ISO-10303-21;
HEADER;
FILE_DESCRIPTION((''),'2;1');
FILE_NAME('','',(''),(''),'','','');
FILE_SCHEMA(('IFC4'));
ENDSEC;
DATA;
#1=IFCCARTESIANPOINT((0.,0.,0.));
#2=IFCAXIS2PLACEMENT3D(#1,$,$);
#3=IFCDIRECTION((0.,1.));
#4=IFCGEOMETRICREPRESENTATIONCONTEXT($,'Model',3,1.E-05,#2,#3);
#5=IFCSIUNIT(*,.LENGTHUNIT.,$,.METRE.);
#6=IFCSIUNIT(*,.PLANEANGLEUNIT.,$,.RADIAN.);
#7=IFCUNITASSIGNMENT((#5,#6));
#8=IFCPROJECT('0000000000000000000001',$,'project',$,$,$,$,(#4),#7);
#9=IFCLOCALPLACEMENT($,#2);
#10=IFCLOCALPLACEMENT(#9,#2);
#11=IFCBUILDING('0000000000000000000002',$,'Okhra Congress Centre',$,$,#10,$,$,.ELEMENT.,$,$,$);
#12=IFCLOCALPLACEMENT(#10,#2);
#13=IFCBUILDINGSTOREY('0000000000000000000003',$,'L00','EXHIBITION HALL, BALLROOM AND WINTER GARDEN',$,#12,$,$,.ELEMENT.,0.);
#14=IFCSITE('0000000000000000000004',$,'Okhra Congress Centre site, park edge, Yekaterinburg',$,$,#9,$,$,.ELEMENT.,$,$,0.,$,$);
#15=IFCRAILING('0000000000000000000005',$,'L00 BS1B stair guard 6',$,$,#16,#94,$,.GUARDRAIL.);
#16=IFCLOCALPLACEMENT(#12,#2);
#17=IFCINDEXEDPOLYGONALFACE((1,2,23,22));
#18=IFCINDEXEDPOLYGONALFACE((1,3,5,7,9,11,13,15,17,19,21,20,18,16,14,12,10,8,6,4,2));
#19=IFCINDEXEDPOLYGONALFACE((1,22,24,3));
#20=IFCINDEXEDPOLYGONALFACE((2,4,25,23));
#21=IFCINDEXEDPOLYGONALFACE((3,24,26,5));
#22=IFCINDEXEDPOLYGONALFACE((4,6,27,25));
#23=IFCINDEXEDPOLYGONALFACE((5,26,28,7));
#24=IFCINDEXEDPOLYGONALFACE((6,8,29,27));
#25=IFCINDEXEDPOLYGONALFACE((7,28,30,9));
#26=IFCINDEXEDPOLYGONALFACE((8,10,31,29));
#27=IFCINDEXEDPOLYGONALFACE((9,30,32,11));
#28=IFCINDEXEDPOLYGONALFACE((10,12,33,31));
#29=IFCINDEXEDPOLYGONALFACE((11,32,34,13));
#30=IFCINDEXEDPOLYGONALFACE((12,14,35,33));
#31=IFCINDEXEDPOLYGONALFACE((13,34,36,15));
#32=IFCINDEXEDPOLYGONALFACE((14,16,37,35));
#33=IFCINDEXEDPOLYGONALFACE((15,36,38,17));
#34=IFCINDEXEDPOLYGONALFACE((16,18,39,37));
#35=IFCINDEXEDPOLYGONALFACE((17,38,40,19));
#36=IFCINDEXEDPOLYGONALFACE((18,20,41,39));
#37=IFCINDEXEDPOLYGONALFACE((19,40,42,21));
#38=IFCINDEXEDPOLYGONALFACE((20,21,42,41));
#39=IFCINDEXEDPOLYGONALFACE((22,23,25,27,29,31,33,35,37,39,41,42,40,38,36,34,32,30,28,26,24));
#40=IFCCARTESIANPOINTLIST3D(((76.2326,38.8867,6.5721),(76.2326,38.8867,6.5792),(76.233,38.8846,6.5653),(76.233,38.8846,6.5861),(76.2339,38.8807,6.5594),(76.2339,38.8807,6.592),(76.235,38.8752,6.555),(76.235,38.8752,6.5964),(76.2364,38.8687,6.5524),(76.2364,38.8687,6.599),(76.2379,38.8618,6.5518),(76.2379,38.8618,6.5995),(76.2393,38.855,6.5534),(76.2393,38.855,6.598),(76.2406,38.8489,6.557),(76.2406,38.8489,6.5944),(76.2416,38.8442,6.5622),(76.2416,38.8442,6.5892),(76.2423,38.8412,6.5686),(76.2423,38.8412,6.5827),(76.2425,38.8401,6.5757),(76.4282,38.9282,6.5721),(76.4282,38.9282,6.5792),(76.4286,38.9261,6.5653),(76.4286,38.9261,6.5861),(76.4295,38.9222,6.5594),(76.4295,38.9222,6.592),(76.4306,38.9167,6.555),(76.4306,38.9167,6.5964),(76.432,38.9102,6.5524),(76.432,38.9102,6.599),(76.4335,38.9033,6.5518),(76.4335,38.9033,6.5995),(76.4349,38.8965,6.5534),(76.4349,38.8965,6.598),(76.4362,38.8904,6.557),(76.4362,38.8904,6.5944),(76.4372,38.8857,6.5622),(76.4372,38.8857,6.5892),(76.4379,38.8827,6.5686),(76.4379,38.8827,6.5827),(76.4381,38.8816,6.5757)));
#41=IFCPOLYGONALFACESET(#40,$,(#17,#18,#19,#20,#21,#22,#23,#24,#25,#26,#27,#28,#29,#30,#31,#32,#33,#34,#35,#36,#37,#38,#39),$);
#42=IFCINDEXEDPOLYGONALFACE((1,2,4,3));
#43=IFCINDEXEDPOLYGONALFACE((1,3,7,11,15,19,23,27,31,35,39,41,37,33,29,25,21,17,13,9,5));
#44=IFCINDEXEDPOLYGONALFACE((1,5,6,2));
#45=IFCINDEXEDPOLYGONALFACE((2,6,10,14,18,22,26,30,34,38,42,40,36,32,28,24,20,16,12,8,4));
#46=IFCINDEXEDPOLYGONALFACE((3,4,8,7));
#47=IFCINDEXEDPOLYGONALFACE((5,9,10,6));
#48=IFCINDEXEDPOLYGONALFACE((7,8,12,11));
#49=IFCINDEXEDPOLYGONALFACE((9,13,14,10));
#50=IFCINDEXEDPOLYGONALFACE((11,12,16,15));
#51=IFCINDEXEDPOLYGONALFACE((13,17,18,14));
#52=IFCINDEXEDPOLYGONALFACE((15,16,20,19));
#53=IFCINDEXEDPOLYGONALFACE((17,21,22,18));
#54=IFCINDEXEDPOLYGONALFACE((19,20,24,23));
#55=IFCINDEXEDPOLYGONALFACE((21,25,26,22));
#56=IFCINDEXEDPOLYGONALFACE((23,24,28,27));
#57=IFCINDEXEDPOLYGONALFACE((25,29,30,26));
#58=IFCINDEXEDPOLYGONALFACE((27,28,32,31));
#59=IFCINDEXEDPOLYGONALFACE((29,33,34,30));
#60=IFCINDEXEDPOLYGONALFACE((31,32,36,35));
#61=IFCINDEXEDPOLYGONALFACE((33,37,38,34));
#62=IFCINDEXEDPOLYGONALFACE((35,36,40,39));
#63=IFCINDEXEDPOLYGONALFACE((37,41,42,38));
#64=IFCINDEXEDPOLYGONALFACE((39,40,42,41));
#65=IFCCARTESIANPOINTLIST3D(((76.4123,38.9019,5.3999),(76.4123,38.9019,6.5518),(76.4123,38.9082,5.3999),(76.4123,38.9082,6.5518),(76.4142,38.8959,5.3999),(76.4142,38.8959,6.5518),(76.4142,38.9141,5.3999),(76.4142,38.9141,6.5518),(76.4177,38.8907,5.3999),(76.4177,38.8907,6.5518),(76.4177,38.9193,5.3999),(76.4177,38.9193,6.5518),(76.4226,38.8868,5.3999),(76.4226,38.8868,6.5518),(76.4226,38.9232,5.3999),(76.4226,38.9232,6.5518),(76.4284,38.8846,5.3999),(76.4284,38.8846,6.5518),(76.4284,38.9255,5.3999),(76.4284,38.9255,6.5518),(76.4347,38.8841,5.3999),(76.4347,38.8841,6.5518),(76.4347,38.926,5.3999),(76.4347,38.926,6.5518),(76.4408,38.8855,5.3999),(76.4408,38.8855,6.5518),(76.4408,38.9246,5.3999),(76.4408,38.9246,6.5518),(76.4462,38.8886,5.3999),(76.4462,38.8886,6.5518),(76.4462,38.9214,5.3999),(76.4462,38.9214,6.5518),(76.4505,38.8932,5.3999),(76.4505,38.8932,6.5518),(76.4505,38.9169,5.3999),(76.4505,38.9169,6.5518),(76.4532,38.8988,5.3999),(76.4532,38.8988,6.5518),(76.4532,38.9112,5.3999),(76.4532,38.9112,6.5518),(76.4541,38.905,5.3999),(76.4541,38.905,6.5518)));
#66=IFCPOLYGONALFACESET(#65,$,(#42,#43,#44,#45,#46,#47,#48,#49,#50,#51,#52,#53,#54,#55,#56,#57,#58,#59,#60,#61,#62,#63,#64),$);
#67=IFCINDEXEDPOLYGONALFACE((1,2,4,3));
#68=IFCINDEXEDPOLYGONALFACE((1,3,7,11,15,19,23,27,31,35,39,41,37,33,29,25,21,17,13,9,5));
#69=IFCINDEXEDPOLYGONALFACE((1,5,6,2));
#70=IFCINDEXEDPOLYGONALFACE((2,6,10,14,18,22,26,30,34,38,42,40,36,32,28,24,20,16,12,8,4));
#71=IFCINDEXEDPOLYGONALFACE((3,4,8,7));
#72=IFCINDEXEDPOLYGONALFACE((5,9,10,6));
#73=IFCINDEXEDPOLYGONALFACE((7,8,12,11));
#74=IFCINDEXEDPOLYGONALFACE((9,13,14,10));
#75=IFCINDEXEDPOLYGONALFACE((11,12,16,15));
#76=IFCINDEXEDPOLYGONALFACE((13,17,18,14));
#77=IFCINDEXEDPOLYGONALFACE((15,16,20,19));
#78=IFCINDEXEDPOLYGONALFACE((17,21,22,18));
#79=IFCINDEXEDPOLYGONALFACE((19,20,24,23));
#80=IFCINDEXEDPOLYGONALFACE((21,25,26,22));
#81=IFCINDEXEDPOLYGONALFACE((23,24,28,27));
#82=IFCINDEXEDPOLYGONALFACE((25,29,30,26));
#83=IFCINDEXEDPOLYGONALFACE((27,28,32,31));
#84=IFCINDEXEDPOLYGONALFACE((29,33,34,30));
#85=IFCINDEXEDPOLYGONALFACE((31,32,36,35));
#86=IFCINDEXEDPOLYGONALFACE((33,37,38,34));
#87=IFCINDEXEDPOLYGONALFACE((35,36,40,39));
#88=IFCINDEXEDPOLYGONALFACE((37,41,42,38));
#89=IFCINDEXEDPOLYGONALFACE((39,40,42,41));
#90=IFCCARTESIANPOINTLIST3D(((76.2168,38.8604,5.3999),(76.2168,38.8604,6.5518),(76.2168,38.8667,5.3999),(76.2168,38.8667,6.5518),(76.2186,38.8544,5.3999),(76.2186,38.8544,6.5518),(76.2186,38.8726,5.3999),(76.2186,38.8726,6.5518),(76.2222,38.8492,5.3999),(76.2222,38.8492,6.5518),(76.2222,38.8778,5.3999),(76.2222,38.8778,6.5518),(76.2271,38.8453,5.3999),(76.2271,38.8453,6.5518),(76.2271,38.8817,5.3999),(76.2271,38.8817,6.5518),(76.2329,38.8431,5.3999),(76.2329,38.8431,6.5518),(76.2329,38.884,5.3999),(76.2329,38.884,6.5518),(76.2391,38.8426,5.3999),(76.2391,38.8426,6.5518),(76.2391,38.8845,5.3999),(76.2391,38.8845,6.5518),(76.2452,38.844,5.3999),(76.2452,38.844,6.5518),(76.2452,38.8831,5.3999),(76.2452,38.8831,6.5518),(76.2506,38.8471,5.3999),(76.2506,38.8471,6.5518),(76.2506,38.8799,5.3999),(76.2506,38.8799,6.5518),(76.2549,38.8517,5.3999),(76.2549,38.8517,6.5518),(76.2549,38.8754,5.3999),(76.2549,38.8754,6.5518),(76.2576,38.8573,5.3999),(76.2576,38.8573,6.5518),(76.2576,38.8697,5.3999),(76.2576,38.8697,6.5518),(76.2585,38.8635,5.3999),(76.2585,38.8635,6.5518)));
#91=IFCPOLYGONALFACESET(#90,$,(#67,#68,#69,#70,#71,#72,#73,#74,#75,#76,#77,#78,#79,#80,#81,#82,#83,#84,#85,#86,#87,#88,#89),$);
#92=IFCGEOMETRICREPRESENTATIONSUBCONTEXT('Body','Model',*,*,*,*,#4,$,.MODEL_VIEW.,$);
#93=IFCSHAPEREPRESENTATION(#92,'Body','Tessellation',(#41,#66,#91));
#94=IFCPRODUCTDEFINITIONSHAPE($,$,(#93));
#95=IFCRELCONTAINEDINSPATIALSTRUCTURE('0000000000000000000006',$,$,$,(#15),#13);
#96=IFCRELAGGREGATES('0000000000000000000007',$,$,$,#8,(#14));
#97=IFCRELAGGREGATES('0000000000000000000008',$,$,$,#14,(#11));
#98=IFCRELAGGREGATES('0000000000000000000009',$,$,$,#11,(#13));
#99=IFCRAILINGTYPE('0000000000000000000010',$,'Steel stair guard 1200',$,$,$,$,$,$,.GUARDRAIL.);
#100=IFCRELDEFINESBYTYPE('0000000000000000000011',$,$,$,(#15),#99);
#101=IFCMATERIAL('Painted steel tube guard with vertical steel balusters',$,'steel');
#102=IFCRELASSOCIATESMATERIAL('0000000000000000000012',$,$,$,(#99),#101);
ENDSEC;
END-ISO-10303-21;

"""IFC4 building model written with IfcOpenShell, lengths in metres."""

from ifc_helpers import new_model, si_unit, direction, frame, origin, origin_2d, place, context, subcontext, project, spatial, circle, extrude, material, type_object, element, save


model = new_model("IFC4")

# Units and contexts
model_context = context("Model", 3, precision=1e-05, world=origin(), true_north=direction((0.0, 1.0)))
body_context = subcontext(model_context, "Body", "Model", "MODEL_VIEW")
ifc_project = project(units=[si_unit("LENGTHUNIT", "METRE"), si_unit("PLANEANGLEUNIT", "RADIAN")], contexts=[model_context])

# Site, building, storey
site_placement = place(None, origin())
site = spatial("IfcSite", under=ifc_project, at=site_placement, Name="Okhra Congress Centre site, park edge, Yekaterinburg", CompositionType="ELEMENT", RefElevation=0.0)
building_placement = place(site_placement, origin())
building = spatial("IfcBuilding", under=site, at=building_placement, Name="Okhra Congress Centre", CompositionType="ELEMENT")
storey_placement = place(building_placement, origin())
storey = spatial("IfcBuildingStorey", under=building, at=storey_placement, Name="L00", Description="EXHIBITION HALL, BALLROOM AND WINTER GARDEN", CompositionType="ELEMENT", Elevation=0.0)

# Railing
ifc_material_1 = material(Name="Painted steel tube guard with vertical steel balusters", Category="steel")
railing_type_1 = type_object("IfcRailingType", Name="Steel stair guard 1200", PredefinedType="GUARDRAIL", material=ifc_material_1)
railing_1_placement = place(storey_placement, frame((76.4331, 38.905, 5.3999)))
element("IfcRailing", 1, at=railing_1_placement, inside=storey, type_object=railing_type_1, Name="L00 BS1B stair guard 6", PredefinedType="GUARDRAIL", context=body_context, shape_type="SweptSolid", body=[
    extrude(circle(Radius=0.0239, at=origin_2d()), frame((0.0, 0.0, 1.1758), z_axis=(-0.978212, -0.20761, 0.0), x_axis=(0.20761, -0.978212, 0.0)), (0.0, 0.0, 1.0), 0.2),
    extrude(circle(Radius=0.021, at=origin_2d()), origin(), (0.0, 0.0, 1.0), 1.1519),
    extrude(circle(Radius=0.021, at=origin_2d()), frame((-0.1956, -0.0415, 0.0)), (0.0, 0.0, 1.0), 1.1519),
])

save(model, "model.ifc")
